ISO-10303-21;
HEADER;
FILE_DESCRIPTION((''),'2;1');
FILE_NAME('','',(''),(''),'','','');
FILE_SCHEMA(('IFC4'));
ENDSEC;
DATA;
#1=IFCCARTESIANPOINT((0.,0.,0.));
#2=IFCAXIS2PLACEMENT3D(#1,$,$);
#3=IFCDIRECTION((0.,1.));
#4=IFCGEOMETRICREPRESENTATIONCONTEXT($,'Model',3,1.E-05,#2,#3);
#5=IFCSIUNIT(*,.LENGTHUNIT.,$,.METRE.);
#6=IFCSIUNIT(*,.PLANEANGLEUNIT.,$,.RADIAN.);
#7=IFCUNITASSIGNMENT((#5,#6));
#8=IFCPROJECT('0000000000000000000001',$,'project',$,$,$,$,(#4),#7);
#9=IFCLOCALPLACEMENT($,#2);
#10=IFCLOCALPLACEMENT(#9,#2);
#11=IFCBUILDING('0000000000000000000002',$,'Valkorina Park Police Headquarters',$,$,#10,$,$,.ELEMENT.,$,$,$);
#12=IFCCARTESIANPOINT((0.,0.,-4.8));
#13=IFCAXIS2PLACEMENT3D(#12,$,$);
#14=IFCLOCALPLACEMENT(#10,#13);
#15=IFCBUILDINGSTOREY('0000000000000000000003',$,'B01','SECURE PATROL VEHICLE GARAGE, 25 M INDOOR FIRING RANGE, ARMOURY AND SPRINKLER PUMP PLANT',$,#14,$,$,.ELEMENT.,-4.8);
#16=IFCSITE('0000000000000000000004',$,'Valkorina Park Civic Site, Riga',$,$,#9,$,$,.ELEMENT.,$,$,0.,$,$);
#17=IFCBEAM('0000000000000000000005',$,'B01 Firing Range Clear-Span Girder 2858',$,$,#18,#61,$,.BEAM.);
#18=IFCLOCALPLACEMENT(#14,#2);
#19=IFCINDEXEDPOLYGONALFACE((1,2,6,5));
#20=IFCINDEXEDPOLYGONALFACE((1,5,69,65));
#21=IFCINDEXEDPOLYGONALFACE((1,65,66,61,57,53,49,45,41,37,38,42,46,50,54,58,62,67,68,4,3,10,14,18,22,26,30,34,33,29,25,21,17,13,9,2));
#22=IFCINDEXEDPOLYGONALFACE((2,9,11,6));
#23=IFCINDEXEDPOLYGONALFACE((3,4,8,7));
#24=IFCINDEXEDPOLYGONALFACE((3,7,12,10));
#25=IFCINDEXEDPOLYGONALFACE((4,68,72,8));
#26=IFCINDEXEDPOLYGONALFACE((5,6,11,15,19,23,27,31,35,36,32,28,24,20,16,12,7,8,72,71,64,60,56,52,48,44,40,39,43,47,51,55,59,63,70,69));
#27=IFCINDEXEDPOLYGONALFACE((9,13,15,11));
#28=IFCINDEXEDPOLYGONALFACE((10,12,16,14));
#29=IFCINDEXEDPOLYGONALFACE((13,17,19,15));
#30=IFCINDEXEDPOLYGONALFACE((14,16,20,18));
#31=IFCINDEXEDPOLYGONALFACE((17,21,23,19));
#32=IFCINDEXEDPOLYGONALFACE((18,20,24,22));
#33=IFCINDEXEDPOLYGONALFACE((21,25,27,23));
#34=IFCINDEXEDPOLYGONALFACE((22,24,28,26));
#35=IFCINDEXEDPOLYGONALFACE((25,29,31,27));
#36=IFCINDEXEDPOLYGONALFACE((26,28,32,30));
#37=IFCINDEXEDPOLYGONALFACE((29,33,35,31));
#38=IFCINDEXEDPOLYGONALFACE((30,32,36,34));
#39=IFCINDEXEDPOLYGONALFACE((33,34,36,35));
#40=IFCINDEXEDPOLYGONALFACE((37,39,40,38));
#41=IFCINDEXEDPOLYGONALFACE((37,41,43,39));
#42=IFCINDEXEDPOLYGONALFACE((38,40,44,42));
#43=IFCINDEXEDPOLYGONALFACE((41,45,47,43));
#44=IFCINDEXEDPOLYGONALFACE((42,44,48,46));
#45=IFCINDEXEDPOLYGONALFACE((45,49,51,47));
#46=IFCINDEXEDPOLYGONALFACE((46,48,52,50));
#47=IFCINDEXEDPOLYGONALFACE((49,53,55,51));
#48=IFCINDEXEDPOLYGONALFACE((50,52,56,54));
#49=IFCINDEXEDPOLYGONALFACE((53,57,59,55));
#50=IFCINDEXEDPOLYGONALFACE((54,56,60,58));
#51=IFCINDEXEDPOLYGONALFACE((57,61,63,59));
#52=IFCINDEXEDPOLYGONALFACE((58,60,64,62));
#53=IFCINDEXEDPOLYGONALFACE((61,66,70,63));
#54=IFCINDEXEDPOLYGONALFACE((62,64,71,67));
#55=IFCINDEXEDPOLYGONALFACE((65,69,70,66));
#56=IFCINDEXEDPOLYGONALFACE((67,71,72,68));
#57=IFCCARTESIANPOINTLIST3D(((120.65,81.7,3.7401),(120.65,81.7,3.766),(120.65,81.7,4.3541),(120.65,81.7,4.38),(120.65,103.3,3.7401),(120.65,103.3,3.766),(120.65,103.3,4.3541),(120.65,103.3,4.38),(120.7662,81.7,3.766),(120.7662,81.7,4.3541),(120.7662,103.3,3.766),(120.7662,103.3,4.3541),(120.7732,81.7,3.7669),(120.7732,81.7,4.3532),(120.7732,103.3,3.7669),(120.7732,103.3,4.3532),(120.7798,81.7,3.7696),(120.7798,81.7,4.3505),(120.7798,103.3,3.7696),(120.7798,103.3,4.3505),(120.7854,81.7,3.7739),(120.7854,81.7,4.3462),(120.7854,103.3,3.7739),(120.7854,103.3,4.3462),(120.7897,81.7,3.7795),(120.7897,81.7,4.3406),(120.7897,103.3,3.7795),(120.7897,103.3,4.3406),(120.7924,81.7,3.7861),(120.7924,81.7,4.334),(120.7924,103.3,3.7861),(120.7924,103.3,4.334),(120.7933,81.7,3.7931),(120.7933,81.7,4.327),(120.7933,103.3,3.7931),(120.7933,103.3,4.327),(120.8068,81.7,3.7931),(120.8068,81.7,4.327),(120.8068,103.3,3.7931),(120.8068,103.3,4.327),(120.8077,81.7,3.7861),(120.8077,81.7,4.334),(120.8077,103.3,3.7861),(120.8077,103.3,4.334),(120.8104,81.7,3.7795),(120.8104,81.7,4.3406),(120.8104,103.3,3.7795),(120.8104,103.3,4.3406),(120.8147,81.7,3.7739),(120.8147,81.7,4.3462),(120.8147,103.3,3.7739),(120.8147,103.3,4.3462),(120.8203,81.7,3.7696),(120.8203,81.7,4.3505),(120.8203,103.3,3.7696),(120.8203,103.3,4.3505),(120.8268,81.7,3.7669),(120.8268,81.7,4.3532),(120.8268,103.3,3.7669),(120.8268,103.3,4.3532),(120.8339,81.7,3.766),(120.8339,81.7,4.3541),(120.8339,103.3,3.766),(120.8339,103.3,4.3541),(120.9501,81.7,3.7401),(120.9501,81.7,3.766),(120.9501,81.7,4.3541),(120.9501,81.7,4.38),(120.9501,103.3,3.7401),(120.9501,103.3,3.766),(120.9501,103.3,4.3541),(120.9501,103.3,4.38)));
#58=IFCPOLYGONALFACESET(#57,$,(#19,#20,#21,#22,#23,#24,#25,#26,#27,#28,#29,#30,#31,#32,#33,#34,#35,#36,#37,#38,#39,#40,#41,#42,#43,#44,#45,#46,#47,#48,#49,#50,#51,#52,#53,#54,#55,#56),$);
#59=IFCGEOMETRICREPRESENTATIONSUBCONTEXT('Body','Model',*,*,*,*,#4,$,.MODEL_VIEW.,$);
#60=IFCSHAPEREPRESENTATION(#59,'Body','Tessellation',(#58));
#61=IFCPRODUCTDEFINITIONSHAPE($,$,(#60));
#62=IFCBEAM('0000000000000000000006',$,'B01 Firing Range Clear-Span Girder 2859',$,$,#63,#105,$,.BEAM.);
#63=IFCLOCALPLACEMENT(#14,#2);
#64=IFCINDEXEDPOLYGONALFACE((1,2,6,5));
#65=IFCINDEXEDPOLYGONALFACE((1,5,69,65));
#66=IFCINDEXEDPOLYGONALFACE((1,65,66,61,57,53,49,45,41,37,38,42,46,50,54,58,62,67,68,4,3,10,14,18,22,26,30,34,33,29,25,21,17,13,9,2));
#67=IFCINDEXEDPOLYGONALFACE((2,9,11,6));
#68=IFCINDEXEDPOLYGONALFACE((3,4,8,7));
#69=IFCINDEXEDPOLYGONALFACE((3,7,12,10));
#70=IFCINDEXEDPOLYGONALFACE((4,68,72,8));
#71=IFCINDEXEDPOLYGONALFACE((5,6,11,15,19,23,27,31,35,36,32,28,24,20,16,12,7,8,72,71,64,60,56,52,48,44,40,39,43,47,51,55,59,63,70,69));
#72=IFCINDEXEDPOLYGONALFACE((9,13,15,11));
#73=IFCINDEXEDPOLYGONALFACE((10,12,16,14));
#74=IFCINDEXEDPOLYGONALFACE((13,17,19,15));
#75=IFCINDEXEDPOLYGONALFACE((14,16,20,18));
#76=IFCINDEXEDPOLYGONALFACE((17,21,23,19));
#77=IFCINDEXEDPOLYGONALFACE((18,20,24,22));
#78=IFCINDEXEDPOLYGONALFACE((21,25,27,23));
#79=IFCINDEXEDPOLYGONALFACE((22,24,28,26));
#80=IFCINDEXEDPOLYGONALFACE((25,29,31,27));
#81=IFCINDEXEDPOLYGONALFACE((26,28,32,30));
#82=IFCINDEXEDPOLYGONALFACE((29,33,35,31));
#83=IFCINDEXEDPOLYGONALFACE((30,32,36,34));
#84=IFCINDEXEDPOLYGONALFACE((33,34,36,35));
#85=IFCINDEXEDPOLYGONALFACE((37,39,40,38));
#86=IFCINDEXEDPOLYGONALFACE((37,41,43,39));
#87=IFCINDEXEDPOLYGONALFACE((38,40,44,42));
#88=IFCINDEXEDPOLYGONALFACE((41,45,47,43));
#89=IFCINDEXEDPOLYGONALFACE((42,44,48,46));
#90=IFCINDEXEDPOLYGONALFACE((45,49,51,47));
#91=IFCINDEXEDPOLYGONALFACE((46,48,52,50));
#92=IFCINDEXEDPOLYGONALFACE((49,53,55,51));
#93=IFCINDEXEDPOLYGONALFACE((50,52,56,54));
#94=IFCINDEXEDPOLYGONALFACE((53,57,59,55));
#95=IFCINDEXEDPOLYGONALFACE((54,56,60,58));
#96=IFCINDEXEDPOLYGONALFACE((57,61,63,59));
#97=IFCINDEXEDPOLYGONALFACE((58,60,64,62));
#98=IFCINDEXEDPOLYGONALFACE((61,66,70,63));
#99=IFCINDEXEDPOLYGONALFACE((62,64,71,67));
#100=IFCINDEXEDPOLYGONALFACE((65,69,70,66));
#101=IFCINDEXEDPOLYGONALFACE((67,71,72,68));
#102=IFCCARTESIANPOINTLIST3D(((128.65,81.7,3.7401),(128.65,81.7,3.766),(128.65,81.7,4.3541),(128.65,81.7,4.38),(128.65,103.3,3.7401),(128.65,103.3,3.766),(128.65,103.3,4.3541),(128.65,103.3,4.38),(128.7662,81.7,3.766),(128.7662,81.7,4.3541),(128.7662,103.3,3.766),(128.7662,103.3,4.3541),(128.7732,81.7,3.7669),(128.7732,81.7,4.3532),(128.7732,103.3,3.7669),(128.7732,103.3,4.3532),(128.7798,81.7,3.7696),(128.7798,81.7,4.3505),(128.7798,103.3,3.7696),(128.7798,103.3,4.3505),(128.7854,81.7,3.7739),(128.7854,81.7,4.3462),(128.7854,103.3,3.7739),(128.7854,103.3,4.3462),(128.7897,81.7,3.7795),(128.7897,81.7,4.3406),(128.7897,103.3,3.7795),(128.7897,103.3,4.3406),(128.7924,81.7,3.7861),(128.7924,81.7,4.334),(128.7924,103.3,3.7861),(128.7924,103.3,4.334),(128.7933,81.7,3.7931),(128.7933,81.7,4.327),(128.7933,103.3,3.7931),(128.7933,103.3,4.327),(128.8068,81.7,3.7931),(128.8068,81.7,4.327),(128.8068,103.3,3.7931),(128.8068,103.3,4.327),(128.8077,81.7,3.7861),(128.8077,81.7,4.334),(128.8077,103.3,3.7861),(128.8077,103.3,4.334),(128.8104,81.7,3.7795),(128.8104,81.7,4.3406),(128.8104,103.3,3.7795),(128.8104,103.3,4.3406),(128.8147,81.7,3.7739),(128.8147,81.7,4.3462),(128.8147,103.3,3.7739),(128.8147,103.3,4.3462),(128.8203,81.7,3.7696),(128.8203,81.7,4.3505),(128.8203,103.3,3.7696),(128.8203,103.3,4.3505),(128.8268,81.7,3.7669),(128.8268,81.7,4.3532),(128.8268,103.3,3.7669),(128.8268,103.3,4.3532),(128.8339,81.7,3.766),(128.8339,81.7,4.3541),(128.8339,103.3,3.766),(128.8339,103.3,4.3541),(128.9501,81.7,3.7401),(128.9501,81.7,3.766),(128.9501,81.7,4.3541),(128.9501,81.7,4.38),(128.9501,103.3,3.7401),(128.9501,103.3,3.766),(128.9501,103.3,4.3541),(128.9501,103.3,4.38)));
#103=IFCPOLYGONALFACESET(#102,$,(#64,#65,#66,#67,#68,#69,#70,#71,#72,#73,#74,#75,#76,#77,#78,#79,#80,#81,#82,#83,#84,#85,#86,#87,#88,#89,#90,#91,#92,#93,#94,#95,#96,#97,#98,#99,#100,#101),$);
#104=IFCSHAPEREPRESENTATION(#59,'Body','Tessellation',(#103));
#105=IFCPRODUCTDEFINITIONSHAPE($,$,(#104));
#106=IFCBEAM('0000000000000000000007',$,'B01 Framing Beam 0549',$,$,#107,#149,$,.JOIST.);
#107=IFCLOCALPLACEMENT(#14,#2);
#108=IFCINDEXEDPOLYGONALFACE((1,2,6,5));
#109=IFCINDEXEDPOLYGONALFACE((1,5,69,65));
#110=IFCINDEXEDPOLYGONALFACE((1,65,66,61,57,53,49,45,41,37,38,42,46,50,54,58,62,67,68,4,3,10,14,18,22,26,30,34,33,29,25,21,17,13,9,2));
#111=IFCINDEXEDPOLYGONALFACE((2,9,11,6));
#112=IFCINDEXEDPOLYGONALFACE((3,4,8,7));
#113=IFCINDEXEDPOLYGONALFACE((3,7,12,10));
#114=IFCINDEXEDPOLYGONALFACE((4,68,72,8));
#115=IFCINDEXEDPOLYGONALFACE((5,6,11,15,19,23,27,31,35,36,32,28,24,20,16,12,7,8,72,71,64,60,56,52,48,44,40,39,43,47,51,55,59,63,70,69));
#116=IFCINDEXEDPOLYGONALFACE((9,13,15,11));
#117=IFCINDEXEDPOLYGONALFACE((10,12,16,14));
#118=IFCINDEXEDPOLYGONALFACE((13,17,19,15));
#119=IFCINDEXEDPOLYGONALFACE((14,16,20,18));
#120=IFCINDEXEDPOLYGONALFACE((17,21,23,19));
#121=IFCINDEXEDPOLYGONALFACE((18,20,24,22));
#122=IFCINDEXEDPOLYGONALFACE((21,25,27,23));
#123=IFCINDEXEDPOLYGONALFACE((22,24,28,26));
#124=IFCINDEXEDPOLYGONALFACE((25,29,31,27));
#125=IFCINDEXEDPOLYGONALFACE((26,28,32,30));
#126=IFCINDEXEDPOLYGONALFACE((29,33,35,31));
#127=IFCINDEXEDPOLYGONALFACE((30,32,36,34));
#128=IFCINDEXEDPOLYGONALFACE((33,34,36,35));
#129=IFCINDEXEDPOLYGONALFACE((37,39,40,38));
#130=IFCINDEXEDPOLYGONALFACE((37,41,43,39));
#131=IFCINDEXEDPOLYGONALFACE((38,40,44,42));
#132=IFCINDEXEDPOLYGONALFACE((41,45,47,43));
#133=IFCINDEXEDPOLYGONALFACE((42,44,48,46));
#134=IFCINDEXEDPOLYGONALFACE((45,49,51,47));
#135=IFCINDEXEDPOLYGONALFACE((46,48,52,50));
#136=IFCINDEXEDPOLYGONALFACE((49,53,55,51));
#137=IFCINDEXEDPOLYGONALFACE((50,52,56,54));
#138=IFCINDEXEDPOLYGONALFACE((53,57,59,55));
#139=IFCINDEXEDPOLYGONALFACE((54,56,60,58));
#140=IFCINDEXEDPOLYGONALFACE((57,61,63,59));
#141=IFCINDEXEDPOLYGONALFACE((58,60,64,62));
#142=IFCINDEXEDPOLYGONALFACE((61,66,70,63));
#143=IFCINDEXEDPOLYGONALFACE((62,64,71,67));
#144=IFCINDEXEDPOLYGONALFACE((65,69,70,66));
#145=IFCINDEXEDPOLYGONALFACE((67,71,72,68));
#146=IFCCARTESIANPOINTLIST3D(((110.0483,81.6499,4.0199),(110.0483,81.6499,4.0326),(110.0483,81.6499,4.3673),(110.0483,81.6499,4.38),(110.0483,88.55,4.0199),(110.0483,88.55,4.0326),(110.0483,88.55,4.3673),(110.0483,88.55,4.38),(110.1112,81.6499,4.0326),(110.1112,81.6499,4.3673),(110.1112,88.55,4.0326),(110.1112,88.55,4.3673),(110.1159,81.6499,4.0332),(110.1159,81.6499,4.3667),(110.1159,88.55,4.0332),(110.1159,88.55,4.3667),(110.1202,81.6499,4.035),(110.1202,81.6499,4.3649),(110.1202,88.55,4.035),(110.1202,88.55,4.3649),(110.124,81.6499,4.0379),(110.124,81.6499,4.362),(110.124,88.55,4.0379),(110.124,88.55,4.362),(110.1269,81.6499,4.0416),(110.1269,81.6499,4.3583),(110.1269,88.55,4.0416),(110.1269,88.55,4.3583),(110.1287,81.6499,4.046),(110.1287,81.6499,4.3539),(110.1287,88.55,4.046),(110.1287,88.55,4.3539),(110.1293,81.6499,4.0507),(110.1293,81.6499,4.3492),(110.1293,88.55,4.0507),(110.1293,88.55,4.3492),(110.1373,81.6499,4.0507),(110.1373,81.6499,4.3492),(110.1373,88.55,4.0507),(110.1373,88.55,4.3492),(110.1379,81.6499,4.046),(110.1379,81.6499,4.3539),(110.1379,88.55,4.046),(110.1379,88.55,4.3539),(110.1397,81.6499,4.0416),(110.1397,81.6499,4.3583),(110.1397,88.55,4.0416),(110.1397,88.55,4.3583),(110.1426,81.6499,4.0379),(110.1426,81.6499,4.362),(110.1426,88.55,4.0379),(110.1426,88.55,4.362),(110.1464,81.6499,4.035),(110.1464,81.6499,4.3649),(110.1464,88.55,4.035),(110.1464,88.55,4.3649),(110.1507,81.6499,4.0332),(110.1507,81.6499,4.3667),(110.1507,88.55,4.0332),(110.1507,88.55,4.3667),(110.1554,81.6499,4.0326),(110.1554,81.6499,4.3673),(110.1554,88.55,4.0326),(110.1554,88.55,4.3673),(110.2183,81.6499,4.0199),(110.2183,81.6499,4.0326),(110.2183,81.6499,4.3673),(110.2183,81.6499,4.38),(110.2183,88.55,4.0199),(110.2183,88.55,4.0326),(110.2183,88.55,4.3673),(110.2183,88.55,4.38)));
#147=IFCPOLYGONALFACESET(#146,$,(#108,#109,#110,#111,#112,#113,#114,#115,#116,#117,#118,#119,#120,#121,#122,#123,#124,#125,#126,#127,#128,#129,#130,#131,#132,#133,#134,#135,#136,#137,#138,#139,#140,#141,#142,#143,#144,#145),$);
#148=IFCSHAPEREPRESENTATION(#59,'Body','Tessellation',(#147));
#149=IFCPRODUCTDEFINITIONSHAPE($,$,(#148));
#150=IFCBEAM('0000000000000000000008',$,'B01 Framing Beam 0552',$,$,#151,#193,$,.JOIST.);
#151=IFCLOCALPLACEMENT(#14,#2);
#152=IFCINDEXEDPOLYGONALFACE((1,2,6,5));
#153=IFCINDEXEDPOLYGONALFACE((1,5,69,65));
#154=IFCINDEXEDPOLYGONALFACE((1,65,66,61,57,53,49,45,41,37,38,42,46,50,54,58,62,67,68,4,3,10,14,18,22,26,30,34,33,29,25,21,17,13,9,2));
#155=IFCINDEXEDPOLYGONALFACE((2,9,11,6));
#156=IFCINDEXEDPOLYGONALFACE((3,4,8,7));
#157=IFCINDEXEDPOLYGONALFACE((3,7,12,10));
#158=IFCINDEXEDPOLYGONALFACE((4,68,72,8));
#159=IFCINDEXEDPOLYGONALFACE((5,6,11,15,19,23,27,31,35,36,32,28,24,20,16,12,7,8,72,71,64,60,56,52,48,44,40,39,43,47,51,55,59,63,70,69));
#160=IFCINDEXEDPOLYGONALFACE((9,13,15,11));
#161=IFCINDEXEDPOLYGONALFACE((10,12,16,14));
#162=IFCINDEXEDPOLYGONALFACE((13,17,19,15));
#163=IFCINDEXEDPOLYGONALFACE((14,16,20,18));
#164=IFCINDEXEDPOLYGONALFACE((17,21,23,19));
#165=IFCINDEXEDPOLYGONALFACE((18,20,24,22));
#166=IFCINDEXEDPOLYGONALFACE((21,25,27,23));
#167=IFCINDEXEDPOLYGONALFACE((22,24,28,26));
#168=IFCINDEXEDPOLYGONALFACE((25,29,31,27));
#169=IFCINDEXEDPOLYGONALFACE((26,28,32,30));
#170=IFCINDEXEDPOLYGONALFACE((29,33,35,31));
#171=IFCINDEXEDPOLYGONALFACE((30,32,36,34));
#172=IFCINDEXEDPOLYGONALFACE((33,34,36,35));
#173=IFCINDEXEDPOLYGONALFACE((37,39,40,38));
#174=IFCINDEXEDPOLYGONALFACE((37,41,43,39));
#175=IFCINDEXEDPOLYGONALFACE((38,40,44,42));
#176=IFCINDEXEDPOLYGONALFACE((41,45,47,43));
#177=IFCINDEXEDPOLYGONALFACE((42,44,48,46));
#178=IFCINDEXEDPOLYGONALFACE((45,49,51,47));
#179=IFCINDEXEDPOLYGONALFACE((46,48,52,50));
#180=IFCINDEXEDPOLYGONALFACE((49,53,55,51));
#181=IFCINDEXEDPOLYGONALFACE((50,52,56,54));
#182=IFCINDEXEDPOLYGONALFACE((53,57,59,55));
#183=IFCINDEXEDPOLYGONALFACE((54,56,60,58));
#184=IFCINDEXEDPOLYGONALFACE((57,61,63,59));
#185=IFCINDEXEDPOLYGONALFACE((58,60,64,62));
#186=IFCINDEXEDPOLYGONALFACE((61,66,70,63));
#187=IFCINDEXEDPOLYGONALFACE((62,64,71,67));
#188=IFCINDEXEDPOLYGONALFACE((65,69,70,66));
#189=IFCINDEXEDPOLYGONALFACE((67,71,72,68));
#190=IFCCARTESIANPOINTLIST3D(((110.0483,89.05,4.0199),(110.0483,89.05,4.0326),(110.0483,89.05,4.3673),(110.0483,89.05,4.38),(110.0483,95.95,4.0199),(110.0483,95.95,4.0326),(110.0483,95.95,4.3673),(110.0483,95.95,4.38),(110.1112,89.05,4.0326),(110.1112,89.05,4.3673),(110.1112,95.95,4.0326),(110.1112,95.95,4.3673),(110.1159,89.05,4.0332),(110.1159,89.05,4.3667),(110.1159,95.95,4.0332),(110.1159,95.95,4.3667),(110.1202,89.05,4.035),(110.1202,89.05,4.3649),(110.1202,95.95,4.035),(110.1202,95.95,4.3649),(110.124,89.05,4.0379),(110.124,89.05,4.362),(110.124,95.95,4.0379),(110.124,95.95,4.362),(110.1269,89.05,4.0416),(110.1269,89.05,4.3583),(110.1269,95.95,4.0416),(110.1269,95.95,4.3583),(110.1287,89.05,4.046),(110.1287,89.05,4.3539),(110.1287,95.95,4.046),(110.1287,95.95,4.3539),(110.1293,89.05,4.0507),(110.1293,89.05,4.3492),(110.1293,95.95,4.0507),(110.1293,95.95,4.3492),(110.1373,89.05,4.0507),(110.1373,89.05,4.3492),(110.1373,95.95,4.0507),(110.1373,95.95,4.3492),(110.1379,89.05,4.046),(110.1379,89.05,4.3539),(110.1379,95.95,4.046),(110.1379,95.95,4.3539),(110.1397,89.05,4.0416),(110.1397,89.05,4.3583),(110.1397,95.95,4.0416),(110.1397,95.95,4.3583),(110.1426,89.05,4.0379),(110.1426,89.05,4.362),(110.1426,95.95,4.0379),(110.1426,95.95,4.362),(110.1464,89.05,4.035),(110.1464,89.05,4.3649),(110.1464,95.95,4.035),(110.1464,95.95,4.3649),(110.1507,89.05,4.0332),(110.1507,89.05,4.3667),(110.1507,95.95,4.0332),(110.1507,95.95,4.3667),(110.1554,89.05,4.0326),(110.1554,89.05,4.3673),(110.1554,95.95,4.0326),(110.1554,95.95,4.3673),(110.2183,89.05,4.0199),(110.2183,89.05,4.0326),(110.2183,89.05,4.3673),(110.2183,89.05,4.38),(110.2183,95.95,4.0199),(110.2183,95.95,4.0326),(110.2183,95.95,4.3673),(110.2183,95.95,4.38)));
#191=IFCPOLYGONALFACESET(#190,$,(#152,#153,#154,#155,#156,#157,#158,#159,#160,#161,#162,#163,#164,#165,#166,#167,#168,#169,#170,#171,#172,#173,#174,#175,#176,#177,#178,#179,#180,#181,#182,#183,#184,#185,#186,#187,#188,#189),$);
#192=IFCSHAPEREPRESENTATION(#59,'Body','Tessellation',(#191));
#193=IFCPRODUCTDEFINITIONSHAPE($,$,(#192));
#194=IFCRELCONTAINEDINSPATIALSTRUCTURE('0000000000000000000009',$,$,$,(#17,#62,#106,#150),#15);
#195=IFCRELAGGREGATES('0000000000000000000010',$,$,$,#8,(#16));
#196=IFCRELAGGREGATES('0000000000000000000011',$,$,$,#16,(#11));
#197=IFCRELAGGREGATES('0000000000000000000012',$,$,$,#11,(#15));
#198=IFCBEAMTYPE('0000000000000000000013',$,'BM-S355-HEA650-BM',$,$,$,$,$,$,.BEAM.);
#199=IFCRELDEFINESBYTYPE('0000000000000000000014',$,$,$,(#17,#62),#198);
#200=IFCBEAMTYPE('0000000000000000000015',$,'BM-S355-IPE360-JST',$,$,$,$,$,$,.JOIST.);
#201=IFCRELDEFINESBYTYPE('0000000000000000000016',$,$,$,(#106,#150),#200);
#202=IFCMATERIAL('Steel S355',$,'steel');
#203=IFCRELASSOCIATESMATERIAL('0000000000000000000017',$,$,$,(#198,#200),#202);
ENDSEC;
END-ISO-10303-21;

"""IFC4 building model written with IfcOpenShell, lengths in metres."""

from ifc_helpers import new_model, si_unit, direction, frame, origin, origin_2d, place, context, subcontext, project, spatial, i_section, extrude, material, material_profile, profile_set, type_object, element, save


model = new_model("IFC4")

# Units and contexts
model_context = context("Model", 3, precision=1e-05, world=origin(), true_north=direction((0.0, 1.0)))
body_context = subcontext(model_context, "Body", "Model", "MODEL_VIEW")
ifc_project = project(units=[si_unit("LENGTHUNIT", "METRE"), si_unit("PLANEANGLEUNIT", "RADIAN")], contexts=[model_context])

# Site, building, storey
site_placement = place(None, origin())
site = spatial("IfcSite", under=ifc_project, at=site_placement, Name="Valkorina Park Civic Site, Riga", CompositionType="ELEMENT", RefElevation=0.0)
building_placement = place(site_placement, origin())
building = spatial("IfcBuilding", under=site, at=building_placement, Name="Valkorina Park Police Headquarters", CompositionType="ELEMENT")
storey_placement = place(building_placement, frame((0.0, 0.0, -4.8)))
storey = spatial("IfcBuildingStorey", under=building, at=storey_placement, Name="B01", Description="SECURE PATROL VEHICLE GARAGE, 25 M INDOOR FIRING RANGE, ARMOURY AND SPRINKLER PUMP PLANT", CompositionType="ELEMENT", Elevation=-4.8)

# Beams
ifc_material_1 = material(Name="Steel S355", Category="steel")
ifc_material_profile_1 = material_profile(ifc_material_1, i_section(OverallWidth=0.3, OverallDepth=0.6399, WebThickness=0.0134, FlangeThickness=0.0259, FilletRadius=0.0271, at=origin_2d()), Name="HEA 650")
ifc_profile_set_1 = profile_set([ifc_material_profile_1], Name="Steel S355")
beam_type_1 = type_object("IfcBeamType", Name="BM-S355-HEA650-BM", PredefinedType="BEAM", material=ifc_profile_set_1)
for number, where, z_axis, x_axis, name in (
    (1, (120.8, 81.7, 4.0601), (0.0, 1.0, 0.0), (-1.0, 0.0, 0.0), "B01 Firing Range Clear-Span Girder 2858"),
    (2, (128.8, 81.7, 4.0601), (0.0, 1.0, 0.0), (-1.0, 0.0, 0.0), "B01 Firing Range Clear-Span Girder 2859"),
):
    element("IfcBeam", number, at=place(storey_placement, frame(where, z_axis=z_axis, x_axis=x_axis)), inside=storey, type_object=beam_type_1, Name=name, PredefinedType="BEAM", context=body_context, shape_type="SweptSolid", body=[
        extrude(i_section(OverallWidth=0.3, OverallDepth=0.6399, WebThickness=0.0134, FlangeThickness=0.0259, FilletRadius=0.0271, at=origin_2d()), origin(), (0.0, 0.0, 1.0), 21.6001),
    ])
ifc_material_profile_2 = material_profile(ifc_material_1, i_section(OverallWidth=0.1699, OverallDepth=0.3601, WebThickness=0.0081, FlangeThickness=0.0127, FilletRadius=0.0181, at=origin_2d()), Name="IPE 360")
ifc_profile_set_2 = profile_set([ifc_material_profile_2], Name="Steel S355")
beam_type_2 = type_object("IfcBeamType", Name="BM-S355-IPE360-JST", PredefinedType="JOIST", material=ifc_profile_set_2)
beam_1_placement = place(storey_placement, frame((110.1333, 81.6499, 4.2), z_axis=(0.0, 1.0, 0.0), x_axis=(-1.0, 0.0, 0.0)))
element("IfcBeam", 3, at=beam_1_placement, inside=storey, type_object=beam_type_2, Name="B01 Framing Beam 0549", PredefinedType="JOIST", context=body_context, shape_type="SweptSolid", body=[
    extrude(i_section(OverallWidth=0.1699, OverallDepth=0.3601, WebThickness=0.0081, FlangeThickness=0.0127, FilletRadius=0.0181, at=origin_2d()), origin(), (0.0, 0.0, 1.0), 6.9001),
])
beam_2_placement = place(storey_placement, frame((110.1333, 89.05, 4.2), z_axis=(0.0, 1.0, 0.0), x_axis=(-1.0, 0.0, 0.0)))
element("IfcBeam", 4, at=beam_2_placement, inside=storey, type_object=beam_type_2, Name="B01 Framing Beam 0552", PredefinedType="JOIST", context=body_context, shape_type="SweptSolid", body=[
    extrude(i_section(OverallWidth=0.1699, OverallDepth=0.3601, WebThickness=0.0081, FlangeThickness=0.0127, FilletRadius=0.0181, at=origin_2d()), origin(), (0.0, 0.0, 1.0), 6.8999),
])

save(model, "model.ifc")
